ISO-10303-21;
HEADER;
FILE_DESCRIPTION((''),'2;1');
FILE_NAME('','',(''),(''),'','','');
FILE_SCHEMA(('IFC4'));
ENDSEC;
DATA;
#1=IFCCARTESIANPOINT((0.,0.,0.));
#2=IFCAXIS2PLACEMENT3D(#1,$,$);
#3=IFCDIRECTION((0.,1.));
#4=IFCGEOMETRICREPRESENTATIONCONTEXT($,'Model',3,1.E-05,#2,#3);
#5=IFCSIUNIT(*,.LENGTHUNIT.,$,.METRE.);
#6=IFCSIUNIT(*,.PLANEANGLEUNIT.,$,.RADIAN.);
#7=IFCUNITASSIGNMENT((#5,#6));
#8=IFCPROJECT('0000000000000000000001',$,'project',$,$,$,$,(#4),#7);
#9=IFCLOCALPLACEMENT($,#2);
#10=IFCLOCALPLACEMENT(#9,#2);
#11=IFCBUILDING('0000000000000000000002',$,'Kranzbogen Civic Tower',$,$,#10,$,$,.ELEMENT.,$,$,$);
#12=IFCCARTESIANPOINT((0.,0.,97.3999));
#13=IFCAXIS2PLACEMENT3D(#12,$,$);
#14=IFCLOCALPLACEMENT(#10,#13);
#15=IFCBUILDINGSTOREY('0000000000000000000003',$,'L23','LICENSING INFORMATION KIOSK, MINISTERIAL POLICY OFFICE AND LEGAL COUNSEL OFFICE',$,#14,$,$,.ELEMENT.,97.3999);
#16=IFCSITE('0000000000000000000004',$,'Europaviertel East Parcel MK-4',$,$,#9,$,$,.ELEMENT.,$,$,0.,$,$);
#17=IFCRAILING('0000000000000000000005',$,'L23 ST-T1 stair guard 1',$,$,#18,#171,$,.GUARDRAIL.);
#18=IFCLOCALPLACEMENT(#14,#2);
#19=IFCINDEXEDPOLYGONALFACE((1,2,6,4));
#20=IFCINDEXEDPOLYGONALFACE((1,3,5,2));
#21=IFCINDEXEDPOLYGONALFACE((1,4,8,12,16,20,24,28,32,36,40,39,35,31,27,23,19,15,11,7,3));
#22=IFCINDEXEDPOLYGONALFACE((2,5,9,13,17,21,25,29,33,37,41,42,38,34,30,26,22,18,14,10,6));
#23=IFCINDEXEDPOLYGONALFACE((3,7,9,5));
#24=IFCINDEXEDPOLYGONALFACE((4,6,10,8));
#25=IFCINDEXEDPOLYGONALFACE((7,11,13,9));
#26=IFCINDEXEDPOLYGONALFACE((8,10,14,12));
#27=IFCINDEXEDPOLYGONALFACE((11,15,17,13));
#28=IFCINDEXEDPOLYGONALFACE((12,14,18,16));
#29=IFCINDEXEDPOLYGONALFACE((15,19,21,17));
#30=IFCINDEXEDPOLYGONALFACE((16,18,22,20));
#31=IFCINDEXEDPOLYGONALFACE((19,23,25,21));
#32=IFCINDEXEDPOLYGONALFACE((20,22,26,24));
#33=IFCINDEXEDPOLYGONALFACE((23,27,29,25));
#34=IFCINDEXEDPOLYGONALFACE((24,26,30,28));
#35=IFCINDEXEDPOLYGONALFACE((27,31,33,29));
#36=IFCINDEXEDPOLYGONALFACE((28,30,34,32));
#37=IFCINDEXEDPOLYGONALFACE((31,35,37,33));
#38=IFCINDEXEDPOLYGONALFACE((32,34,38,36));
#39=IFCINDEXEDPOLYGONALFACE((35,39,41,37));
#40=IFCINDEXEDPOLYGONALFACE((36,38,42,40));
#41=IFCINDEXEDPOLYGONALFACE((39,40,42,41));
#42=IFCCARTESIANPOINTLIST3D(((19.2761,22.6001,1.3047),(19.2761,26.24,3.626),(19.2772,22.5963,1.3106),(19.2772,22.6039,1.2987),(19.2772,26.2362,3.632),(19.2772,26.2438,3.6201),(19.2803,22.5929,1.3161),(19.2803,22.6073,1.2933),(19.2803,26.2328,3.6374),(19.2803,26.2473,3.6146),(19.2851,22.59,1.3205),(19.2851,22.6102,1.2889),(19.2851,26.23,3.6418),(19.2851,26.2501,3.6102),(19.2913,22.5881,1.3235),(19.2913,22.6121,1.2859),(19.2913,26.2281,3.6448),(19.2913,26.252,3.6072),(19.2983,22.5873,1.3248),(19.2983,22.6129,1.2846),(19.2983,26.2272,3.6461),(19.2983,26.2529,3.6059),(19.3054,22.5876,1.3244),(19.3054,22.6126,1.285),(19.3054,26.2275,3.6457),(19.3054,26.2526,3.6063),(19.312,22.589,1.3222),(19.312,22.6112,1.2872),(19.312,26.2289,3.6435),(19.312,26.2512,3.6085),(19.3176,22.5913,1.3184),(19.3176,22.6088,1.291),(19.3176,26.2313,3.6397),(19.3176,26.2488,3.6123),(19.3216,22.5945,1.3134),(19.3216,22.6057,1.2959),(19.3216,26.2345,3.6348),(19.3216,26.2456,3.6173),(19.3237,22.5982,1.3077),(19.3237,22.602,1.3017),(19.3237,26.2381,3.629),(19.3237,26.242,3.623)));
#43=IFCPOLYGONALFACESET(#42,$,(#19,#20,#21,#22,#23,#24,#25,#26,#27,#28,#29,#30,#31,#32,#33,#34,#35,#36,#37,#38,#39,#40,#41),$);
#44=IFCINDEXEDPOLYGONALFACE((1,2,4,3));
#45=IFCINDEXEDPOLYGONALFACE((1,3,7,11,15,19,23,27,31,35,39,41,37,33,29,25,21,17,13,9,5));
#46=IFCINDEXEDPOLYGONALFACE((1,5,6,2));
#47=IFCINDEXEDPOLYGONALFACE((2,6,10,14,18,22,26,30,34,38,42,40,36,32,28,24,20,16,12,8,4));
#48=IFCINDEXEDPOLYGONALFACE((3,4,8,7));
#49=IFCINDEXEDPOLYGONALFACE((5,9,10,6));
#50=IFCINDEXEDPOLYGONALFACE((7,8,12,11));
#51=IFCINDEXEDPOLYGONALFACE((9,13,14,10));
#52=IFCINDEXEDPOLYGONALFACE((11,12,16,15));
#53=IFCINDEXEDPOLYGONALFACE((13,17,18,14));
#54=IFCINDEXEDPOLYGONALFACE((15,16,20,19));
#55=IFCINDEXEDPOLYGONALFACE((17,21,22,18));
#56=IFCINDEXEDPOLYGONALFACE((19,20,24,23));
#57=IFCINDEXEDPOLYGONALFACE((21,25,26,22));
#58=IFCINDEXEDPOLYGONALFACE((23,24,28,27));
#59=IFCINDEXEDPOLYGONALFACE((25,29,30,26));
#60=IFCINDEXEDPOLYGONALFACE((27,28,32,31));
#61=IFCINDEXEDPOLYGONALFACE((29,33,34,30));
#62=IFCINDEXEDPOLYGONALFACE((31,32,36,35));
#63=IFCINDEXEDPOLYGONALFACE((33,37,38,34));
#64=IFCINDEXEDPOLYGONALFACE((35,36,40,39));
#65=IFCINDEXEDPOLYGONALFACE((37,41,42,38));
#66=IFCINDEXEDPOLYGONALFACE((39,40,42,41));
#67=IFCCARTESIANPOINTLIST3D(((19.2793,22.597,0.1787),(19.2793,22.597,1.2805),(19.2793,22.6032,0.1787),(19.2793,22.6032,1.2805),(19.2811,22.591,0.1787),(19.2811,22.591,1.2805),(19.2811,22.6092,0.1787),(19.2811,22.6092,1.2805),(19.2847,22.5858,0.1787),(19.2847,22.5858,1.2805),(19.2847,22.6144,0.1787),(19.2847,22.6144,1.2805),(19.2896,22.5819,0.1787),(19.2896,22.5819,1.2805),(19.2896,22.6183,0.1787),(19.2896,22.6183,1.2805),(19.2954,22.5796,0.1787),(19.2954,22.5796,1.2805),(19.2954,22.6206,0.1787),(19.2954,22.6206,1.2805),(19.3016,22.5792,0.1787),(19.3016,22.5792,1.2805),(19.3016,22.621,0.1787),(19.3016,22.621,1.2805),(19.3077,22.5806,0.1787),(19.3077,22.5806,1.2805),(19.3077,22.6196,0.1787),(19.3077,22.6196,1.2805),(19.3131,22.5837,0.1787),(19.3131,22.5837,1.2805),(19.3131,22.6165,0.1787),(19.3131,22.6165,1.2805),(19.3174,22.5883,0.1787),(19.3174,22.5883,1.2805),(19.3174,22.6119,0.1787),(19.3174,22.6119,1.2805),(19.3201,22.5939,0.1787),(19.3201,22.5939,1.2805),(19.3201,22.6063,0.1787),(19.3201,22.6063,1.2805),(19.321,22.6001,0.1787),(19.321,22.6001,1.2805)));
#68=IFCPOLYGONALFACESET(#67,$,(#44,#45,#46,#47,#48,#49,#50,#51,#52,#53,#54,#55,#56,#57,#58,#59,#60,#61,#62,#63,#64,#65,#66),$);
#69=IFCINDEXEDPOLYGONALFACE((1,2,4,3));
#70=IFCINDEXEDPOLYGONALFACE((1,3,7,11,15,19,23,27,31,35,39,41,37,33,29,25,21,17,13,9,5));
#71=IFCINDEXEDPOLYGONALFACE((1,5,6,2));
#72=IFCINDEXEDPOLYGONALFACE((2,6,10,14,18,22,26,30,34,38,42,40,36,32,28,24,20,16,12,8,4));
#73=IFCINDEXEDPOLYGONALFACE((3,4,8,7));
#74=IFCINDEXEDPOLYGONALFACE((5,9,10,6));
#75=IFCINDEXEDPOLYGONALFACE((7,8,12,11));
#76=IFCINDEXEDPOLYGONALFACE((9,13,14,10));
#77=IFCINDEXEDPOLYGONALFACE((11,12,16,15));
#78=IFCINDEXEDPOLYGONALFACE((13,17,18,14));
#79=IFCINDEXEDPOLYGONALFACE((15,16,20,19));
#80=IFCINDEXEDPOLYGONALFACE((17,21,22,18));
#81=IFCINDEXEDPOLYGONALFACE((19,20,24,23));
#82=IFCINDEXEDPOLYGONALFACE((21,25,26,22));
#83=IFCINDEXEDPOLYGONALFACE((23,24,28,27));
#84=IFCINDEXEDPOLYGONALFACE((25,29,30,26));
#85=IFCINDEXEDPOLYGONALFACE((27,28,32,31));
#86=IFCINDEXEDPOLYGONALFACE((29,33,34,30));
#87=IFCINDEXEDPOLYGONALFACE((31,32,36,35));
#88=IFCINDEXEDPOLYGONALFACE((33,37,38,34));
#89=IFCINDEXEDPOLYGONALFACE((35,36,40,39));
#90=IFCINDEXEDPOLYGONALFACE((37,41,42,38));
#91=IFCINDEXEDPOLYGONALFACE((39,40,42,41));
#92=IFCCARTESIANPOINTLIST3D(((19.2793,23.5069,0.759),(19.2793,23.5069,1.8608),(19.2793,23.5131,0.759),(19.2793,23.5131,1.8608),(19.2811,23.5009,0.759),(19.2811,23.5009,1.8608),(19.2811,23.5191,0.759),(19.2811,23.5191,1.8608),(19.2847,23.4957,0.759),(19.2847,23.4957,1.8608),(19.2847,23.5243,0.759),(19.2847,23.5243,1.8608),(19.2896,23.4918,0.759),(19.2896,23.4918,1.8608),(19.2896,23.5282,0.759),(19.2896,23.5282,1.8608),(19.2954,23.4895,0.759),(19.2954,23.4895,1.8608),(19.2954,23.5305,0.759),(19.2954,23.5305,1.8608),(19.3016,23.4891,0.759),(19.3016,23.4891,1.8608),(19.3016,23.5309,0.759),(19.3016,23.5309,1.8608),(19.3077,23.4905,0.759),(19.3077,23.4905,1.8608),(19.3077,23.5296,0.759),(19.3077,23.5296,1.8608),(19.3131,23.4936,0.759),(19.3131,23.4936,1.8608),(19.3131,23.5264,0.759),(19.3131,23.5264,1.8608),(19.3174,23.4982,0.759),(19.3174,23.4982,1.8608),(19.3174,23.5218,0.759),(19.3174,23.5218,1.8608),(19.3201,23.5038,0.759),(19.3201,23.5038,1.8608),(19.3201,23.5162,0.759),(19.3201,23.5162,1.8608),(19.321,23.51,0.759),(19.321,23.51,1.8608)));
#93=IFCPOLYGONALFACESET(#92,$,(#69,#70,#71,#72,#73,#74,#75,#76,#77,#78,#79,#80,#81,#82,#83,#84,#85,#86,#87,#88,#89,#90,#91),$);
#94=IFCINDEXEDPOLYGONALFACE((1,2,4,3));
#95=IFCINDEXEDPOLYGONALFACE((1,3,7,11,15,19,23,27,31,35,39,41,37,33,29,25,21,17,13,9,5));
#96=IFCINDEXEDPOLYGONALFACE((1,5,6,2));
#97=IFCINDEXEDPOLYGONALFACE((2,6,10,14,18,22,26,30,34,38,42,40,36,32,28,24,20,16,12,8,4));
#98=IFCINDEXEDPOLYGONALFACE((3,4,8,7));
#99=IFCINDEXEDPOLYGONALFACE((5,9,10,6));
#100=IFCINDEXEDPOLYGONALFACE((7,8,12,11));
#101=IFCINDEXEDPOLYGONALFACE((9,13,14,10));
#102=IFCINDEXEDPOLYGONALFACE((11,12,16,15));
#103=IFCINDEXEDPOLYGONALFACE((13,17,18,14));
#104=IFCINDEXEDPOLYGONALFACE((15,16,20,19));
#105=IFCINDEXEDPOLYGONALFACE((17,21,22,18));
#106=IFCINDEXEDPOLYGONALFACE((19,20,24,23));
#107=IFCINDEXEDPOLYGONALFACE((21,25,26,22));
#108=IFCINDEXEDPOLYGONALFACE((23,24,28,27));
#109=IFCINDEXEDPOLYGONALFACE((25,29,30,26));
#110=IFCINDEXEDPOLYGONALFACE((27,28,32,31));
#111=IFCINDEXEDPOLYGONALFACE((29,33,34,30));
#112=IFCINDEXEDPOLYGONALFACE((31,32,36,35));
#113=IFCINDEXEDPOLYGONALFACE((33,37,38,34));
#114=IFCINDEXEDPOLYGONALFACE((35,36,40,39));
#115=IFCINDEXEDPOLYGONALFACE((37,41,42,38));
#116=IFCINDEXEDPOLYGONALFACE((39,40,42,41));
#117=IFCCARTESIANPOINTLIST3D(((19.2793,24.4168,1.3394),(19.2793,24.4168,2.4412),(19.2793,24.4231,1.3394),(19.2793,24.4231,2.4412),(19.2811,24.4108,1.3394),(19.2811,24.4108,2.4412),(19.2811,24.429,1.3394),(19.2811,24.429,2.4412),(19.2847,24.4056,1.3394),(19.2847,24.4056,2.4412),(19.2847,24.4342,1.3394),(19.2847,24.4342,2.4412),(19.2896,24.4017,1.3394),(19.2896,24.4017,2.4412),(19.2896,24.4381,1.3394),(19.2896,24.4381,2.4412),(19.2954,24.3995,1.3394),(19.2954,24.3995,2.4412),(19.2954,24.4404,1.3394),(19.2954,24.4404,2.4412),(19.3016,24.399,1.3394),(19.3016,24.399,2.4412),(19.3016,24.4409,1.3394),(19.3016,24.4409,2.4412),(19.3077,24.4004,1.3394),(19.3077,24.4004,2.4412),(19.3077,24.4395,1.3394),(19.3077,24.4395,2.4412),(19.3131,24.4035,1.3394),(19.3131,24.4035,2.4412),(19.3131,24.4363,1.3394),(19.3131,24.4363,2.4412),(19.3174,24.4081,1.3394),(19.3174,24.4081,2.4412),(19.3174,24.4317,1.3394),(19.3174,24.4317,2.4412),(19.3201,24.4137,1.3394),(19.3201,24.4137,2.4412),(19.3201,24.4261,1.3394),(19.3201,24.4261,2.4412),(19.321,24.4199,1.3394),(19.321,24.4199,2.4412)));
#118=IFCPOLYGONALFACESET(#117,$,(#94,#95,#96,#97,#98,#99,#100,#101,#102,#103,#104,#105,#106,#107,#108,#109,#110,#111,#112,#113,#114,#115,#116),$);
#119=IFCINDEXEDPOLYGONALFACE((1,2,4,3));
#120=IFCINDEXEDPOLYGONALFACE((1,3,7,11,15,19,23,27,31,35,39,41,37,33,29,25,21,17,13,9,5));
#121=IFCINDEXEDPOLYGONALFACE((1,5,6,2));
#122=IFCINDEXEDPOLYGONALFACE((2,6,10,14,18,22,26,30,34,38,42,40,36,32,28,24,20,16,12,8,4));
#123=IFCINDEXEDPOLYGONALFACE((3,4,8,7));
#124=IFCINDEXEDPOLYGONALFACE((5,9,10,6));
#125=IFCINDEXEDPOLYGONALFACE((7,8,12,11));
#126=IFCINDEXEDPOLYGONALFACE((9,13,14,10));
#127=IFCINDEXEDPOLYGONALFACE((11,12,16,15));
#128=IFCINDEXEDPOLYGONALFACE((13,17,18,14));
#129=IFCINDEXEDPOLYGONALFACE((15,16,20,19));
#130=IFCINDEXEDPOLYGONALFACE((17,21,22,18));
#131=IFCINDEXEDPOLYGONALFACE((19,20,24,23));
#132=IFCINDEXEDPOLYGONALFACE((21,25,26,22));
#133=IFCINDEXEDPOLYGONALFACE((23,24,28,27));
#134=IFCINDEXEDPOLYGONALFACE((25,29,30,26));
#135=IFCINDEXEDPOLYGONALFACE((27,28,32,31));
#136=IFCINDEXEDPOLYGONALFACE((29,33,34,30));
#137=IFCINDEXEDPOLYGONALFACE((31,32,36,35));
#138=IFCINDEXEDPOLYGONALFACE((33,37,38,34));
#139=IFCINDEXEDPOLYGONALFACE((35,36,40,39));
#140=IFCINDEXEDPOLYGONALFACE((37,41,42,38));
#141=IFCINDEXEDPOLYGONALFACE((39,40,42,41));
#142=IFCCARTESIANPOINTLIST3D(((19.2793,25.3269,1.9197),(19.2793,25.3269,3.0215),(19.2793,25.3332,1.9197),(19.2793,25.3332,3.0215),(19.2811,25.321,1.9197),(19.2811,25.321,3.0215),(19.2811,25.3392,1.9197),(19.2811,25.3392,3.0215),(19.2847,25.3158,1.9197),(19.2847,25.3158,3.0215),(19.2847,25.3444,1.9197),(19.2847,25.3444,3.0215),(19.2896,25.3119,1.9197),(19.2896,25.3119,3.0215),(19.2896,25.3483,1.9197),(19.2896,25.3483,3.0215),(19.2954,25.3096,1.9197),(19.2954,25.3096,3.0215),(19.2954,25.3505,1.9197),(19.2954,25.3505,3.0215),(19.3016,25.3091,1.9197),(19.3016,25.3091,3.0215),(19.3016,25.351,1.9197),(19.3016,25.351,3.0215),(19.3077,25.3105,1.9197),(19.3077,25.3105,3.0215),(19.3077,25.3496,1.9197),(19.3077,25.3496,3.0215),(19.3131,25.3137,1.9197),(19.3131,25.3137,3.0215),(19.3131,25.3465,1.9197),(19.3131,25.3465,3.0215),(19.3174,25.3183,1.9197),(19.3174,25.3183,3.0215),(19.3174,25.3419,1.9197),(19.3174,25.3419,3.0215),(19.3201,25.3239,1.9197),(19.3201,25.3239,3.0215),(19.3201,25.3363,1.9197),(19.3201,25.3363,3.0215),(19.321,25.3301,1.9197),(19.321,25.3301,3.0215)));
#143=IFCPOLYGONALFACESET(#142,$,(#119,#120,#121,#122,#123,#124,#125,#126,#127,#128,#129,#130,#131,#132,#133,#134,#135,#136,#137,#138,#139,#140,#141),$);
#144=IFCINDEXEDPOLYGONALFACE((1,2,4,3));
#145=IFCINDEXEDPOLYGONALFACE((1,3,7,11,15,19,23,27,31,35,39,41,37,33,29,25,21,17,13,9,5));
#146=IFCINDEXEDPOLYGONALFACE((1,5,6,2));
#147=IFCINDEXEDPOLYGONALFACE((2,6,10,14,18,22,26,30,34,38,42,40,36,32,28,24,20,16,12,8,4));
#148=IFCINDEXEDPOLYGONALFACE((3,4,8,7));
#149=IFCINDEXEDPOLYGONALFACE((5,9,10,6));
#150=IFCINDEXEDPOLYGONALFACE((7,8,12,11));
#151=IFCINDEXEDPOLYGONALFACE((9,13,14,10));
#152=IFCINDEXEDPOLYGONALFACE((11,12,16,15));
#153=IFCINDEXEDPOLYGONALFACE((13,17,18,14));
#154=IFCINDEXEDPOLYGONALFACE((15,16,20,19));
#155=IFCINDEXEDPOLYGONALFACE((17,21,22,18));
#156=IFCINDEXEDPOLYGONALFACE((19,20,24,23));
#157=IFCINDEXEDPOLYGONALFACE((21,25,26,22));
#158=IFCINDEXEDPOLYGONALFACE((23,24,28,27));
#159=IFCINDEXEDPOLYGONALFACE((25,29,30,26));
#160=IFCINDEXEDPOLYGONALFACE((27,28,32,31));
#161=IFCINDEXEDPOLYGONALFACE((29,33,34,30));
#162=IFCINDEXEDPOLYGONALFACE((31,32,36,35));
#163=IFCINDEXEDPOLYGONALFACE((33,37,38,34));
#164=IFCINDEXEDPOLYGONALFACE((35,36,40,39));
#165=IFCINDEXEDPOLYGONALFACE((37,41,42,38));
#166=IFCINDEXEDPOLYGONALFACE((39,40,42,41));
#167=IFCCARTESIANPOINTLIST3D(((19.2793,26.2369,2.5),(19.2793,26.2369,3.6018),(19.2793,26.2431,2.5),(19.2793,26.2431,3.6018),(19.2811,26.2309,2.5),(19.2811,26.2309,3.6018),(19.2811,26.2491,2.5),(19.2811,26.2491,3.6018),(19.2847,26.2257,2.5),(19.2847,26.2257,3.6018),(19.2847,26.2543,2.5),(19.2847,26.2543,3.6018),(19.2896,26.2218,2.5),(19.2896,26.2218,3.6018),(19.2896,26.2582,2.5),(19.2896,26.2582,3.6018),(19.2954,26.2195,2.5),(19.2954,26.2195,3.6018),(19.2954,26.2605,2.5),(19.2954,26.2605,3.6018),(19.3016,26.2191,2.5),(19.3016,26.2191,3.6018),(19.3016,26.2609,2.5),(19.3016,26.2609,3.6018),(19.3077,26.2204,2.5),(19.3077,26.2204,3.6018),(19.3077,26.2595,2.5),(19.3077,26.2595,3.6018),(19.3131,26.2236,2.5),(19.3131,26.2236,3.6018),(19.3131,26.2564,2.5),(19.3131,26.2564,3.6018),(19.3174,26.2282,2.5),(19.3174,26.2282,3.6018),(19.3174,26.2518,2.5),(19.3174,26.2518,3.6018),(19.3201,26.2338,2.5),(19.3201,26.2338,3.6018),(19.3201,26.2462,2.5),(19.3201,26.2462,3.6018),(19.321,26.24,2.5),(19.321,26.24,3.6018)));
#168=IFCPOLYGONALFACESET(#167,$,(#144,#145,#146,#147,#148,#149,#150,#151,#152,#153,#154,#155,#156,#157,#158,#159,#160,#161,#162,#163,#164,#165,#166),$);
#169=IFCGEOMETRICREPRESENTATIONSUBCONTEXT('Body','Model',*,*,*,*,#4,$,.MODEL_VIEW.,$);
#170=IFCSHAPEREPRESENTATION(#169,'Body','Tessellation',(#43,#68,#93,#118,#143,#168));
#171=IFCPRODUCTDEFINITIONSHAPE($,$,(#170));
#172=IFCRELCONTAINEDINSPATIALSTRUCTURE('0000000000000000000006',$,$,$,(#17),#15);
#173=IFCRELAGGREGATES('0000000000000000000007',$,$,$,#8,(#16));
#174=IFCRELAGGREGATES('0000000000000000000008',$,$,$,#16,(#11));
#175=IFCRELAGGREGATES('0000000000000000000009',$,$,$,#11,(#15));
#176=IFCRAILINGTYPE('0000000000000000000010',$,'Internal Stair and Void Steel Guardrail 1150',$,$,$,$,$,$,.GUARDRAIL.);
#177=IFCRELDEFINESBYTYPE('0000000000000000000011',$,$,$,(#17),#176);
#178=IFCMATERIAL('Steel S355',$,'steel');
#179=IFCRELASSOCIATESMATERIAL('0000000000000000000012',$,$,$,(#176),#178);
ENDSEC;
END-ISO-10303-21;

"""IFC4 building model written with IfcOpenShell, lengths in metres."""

from ifc_helpers import new_model, si_unit, direction, frame, origin, origin_2d, place, context, subcontext, project, spatial, circle, extrude, material, type_object, element, save


model = new_model("IFC4")

# Units and contexts
model_context = context("Model", 3, precision=1e-05, world=origin(), true_north=direction((0.0, 1.0)))
body_context = subcontext(model_context, "Body", "Model", "MODEL_VIEW")
ifc_project = project(units=[si_unit("LENGTHUNIT", "METRE"), si_unit("PLANEANGLEUNIT", "RADIAN")], contexts=[model_context])

# Site, building, storey
site_placement = place(None, origin())
site = spatial("IfcSite", under=ifc_project, at=site_placement, Name="Europaviertel East Parcel MK-4", CompositionType="ELEMENT", RefElevation=0.0)
building_placement = place(site_placement, origin())
building = spatial("IfcBuilding", under=site, at=building_placement, Name="Kranzbogen Civic Tower", CompositionType="ELEMENT")
storey_placement = place(building_placement, frame((0.0, 0.0, 97.3999)))
storey = spatial("IfcBuildingStorey", under=building, at=storey_placement, Name="L23", Description="LICENSING INFORMATION KIOSK, MINISTERIAL POLICY OFFICE AND LEGAL COUNSEL OFFICE", CompositionType="ELEMENT", Elevation=97.3999)

# Shared definitions
ifc_material_1 = material(Name="Steel S355", Category="steel")

# Railing
railing_type_1 = type_object("IfcRailingType", Name="Internal Stair and Void Steel Guardrail 1150", PredefinedType="GUARDRAIL", material=ifc_material_1)
railing_1_placement = place(storey_placement, frame((19.3, 22.6001, 0.1787)))
element("IfcRailing", 1, at=railing_1_placement, inside=storey, type_object=railing_type_1, Name="L23 ST-T1 stair guard 1", PredefinedType="GUARDRAIL", context=body_context, shape_type="SweptSolid", body=[
    extrude(circle(Radius=0.0239, at=origin_2d()), frame((0.0, 0.0, 1.126), z_axis=(0.0, 0.843137, 0.537699), x_axis=(-1.0, 0.0, 0.0)), (0.0, 0.0, 1.0), 4.3171),
    extrude(circle(Radius=0.021, at=origin_2d()), origin(), (0.0, 0.0, 1.0), 1.1018),
    extrude(circle(Radius=0.021, at=origin_2d()), frame((0.0, 0.9099, 0.5803)), (0.0, 0.0, 1.0), 1.1018),
    extrude(circle(Radius=0.021, at=origin_2d()), frame((0.0, 1.8198, 1.1606)), (0.0, 0.0, 1.0), 1.1018),
    extrude(circle(Radius=0.021, at=origin_2d()), frame((0.0, 2.73, 1.741)), (0.0, 0.0, 1.0), 1.1018),
    extrude(circle(Radius=0.021, at=origin_2d()), frame((0.0, 3.6399, 2.3213)), (0.0, 0.0, 1.0), 1.1018),
])

save(model, "model.ifc")
